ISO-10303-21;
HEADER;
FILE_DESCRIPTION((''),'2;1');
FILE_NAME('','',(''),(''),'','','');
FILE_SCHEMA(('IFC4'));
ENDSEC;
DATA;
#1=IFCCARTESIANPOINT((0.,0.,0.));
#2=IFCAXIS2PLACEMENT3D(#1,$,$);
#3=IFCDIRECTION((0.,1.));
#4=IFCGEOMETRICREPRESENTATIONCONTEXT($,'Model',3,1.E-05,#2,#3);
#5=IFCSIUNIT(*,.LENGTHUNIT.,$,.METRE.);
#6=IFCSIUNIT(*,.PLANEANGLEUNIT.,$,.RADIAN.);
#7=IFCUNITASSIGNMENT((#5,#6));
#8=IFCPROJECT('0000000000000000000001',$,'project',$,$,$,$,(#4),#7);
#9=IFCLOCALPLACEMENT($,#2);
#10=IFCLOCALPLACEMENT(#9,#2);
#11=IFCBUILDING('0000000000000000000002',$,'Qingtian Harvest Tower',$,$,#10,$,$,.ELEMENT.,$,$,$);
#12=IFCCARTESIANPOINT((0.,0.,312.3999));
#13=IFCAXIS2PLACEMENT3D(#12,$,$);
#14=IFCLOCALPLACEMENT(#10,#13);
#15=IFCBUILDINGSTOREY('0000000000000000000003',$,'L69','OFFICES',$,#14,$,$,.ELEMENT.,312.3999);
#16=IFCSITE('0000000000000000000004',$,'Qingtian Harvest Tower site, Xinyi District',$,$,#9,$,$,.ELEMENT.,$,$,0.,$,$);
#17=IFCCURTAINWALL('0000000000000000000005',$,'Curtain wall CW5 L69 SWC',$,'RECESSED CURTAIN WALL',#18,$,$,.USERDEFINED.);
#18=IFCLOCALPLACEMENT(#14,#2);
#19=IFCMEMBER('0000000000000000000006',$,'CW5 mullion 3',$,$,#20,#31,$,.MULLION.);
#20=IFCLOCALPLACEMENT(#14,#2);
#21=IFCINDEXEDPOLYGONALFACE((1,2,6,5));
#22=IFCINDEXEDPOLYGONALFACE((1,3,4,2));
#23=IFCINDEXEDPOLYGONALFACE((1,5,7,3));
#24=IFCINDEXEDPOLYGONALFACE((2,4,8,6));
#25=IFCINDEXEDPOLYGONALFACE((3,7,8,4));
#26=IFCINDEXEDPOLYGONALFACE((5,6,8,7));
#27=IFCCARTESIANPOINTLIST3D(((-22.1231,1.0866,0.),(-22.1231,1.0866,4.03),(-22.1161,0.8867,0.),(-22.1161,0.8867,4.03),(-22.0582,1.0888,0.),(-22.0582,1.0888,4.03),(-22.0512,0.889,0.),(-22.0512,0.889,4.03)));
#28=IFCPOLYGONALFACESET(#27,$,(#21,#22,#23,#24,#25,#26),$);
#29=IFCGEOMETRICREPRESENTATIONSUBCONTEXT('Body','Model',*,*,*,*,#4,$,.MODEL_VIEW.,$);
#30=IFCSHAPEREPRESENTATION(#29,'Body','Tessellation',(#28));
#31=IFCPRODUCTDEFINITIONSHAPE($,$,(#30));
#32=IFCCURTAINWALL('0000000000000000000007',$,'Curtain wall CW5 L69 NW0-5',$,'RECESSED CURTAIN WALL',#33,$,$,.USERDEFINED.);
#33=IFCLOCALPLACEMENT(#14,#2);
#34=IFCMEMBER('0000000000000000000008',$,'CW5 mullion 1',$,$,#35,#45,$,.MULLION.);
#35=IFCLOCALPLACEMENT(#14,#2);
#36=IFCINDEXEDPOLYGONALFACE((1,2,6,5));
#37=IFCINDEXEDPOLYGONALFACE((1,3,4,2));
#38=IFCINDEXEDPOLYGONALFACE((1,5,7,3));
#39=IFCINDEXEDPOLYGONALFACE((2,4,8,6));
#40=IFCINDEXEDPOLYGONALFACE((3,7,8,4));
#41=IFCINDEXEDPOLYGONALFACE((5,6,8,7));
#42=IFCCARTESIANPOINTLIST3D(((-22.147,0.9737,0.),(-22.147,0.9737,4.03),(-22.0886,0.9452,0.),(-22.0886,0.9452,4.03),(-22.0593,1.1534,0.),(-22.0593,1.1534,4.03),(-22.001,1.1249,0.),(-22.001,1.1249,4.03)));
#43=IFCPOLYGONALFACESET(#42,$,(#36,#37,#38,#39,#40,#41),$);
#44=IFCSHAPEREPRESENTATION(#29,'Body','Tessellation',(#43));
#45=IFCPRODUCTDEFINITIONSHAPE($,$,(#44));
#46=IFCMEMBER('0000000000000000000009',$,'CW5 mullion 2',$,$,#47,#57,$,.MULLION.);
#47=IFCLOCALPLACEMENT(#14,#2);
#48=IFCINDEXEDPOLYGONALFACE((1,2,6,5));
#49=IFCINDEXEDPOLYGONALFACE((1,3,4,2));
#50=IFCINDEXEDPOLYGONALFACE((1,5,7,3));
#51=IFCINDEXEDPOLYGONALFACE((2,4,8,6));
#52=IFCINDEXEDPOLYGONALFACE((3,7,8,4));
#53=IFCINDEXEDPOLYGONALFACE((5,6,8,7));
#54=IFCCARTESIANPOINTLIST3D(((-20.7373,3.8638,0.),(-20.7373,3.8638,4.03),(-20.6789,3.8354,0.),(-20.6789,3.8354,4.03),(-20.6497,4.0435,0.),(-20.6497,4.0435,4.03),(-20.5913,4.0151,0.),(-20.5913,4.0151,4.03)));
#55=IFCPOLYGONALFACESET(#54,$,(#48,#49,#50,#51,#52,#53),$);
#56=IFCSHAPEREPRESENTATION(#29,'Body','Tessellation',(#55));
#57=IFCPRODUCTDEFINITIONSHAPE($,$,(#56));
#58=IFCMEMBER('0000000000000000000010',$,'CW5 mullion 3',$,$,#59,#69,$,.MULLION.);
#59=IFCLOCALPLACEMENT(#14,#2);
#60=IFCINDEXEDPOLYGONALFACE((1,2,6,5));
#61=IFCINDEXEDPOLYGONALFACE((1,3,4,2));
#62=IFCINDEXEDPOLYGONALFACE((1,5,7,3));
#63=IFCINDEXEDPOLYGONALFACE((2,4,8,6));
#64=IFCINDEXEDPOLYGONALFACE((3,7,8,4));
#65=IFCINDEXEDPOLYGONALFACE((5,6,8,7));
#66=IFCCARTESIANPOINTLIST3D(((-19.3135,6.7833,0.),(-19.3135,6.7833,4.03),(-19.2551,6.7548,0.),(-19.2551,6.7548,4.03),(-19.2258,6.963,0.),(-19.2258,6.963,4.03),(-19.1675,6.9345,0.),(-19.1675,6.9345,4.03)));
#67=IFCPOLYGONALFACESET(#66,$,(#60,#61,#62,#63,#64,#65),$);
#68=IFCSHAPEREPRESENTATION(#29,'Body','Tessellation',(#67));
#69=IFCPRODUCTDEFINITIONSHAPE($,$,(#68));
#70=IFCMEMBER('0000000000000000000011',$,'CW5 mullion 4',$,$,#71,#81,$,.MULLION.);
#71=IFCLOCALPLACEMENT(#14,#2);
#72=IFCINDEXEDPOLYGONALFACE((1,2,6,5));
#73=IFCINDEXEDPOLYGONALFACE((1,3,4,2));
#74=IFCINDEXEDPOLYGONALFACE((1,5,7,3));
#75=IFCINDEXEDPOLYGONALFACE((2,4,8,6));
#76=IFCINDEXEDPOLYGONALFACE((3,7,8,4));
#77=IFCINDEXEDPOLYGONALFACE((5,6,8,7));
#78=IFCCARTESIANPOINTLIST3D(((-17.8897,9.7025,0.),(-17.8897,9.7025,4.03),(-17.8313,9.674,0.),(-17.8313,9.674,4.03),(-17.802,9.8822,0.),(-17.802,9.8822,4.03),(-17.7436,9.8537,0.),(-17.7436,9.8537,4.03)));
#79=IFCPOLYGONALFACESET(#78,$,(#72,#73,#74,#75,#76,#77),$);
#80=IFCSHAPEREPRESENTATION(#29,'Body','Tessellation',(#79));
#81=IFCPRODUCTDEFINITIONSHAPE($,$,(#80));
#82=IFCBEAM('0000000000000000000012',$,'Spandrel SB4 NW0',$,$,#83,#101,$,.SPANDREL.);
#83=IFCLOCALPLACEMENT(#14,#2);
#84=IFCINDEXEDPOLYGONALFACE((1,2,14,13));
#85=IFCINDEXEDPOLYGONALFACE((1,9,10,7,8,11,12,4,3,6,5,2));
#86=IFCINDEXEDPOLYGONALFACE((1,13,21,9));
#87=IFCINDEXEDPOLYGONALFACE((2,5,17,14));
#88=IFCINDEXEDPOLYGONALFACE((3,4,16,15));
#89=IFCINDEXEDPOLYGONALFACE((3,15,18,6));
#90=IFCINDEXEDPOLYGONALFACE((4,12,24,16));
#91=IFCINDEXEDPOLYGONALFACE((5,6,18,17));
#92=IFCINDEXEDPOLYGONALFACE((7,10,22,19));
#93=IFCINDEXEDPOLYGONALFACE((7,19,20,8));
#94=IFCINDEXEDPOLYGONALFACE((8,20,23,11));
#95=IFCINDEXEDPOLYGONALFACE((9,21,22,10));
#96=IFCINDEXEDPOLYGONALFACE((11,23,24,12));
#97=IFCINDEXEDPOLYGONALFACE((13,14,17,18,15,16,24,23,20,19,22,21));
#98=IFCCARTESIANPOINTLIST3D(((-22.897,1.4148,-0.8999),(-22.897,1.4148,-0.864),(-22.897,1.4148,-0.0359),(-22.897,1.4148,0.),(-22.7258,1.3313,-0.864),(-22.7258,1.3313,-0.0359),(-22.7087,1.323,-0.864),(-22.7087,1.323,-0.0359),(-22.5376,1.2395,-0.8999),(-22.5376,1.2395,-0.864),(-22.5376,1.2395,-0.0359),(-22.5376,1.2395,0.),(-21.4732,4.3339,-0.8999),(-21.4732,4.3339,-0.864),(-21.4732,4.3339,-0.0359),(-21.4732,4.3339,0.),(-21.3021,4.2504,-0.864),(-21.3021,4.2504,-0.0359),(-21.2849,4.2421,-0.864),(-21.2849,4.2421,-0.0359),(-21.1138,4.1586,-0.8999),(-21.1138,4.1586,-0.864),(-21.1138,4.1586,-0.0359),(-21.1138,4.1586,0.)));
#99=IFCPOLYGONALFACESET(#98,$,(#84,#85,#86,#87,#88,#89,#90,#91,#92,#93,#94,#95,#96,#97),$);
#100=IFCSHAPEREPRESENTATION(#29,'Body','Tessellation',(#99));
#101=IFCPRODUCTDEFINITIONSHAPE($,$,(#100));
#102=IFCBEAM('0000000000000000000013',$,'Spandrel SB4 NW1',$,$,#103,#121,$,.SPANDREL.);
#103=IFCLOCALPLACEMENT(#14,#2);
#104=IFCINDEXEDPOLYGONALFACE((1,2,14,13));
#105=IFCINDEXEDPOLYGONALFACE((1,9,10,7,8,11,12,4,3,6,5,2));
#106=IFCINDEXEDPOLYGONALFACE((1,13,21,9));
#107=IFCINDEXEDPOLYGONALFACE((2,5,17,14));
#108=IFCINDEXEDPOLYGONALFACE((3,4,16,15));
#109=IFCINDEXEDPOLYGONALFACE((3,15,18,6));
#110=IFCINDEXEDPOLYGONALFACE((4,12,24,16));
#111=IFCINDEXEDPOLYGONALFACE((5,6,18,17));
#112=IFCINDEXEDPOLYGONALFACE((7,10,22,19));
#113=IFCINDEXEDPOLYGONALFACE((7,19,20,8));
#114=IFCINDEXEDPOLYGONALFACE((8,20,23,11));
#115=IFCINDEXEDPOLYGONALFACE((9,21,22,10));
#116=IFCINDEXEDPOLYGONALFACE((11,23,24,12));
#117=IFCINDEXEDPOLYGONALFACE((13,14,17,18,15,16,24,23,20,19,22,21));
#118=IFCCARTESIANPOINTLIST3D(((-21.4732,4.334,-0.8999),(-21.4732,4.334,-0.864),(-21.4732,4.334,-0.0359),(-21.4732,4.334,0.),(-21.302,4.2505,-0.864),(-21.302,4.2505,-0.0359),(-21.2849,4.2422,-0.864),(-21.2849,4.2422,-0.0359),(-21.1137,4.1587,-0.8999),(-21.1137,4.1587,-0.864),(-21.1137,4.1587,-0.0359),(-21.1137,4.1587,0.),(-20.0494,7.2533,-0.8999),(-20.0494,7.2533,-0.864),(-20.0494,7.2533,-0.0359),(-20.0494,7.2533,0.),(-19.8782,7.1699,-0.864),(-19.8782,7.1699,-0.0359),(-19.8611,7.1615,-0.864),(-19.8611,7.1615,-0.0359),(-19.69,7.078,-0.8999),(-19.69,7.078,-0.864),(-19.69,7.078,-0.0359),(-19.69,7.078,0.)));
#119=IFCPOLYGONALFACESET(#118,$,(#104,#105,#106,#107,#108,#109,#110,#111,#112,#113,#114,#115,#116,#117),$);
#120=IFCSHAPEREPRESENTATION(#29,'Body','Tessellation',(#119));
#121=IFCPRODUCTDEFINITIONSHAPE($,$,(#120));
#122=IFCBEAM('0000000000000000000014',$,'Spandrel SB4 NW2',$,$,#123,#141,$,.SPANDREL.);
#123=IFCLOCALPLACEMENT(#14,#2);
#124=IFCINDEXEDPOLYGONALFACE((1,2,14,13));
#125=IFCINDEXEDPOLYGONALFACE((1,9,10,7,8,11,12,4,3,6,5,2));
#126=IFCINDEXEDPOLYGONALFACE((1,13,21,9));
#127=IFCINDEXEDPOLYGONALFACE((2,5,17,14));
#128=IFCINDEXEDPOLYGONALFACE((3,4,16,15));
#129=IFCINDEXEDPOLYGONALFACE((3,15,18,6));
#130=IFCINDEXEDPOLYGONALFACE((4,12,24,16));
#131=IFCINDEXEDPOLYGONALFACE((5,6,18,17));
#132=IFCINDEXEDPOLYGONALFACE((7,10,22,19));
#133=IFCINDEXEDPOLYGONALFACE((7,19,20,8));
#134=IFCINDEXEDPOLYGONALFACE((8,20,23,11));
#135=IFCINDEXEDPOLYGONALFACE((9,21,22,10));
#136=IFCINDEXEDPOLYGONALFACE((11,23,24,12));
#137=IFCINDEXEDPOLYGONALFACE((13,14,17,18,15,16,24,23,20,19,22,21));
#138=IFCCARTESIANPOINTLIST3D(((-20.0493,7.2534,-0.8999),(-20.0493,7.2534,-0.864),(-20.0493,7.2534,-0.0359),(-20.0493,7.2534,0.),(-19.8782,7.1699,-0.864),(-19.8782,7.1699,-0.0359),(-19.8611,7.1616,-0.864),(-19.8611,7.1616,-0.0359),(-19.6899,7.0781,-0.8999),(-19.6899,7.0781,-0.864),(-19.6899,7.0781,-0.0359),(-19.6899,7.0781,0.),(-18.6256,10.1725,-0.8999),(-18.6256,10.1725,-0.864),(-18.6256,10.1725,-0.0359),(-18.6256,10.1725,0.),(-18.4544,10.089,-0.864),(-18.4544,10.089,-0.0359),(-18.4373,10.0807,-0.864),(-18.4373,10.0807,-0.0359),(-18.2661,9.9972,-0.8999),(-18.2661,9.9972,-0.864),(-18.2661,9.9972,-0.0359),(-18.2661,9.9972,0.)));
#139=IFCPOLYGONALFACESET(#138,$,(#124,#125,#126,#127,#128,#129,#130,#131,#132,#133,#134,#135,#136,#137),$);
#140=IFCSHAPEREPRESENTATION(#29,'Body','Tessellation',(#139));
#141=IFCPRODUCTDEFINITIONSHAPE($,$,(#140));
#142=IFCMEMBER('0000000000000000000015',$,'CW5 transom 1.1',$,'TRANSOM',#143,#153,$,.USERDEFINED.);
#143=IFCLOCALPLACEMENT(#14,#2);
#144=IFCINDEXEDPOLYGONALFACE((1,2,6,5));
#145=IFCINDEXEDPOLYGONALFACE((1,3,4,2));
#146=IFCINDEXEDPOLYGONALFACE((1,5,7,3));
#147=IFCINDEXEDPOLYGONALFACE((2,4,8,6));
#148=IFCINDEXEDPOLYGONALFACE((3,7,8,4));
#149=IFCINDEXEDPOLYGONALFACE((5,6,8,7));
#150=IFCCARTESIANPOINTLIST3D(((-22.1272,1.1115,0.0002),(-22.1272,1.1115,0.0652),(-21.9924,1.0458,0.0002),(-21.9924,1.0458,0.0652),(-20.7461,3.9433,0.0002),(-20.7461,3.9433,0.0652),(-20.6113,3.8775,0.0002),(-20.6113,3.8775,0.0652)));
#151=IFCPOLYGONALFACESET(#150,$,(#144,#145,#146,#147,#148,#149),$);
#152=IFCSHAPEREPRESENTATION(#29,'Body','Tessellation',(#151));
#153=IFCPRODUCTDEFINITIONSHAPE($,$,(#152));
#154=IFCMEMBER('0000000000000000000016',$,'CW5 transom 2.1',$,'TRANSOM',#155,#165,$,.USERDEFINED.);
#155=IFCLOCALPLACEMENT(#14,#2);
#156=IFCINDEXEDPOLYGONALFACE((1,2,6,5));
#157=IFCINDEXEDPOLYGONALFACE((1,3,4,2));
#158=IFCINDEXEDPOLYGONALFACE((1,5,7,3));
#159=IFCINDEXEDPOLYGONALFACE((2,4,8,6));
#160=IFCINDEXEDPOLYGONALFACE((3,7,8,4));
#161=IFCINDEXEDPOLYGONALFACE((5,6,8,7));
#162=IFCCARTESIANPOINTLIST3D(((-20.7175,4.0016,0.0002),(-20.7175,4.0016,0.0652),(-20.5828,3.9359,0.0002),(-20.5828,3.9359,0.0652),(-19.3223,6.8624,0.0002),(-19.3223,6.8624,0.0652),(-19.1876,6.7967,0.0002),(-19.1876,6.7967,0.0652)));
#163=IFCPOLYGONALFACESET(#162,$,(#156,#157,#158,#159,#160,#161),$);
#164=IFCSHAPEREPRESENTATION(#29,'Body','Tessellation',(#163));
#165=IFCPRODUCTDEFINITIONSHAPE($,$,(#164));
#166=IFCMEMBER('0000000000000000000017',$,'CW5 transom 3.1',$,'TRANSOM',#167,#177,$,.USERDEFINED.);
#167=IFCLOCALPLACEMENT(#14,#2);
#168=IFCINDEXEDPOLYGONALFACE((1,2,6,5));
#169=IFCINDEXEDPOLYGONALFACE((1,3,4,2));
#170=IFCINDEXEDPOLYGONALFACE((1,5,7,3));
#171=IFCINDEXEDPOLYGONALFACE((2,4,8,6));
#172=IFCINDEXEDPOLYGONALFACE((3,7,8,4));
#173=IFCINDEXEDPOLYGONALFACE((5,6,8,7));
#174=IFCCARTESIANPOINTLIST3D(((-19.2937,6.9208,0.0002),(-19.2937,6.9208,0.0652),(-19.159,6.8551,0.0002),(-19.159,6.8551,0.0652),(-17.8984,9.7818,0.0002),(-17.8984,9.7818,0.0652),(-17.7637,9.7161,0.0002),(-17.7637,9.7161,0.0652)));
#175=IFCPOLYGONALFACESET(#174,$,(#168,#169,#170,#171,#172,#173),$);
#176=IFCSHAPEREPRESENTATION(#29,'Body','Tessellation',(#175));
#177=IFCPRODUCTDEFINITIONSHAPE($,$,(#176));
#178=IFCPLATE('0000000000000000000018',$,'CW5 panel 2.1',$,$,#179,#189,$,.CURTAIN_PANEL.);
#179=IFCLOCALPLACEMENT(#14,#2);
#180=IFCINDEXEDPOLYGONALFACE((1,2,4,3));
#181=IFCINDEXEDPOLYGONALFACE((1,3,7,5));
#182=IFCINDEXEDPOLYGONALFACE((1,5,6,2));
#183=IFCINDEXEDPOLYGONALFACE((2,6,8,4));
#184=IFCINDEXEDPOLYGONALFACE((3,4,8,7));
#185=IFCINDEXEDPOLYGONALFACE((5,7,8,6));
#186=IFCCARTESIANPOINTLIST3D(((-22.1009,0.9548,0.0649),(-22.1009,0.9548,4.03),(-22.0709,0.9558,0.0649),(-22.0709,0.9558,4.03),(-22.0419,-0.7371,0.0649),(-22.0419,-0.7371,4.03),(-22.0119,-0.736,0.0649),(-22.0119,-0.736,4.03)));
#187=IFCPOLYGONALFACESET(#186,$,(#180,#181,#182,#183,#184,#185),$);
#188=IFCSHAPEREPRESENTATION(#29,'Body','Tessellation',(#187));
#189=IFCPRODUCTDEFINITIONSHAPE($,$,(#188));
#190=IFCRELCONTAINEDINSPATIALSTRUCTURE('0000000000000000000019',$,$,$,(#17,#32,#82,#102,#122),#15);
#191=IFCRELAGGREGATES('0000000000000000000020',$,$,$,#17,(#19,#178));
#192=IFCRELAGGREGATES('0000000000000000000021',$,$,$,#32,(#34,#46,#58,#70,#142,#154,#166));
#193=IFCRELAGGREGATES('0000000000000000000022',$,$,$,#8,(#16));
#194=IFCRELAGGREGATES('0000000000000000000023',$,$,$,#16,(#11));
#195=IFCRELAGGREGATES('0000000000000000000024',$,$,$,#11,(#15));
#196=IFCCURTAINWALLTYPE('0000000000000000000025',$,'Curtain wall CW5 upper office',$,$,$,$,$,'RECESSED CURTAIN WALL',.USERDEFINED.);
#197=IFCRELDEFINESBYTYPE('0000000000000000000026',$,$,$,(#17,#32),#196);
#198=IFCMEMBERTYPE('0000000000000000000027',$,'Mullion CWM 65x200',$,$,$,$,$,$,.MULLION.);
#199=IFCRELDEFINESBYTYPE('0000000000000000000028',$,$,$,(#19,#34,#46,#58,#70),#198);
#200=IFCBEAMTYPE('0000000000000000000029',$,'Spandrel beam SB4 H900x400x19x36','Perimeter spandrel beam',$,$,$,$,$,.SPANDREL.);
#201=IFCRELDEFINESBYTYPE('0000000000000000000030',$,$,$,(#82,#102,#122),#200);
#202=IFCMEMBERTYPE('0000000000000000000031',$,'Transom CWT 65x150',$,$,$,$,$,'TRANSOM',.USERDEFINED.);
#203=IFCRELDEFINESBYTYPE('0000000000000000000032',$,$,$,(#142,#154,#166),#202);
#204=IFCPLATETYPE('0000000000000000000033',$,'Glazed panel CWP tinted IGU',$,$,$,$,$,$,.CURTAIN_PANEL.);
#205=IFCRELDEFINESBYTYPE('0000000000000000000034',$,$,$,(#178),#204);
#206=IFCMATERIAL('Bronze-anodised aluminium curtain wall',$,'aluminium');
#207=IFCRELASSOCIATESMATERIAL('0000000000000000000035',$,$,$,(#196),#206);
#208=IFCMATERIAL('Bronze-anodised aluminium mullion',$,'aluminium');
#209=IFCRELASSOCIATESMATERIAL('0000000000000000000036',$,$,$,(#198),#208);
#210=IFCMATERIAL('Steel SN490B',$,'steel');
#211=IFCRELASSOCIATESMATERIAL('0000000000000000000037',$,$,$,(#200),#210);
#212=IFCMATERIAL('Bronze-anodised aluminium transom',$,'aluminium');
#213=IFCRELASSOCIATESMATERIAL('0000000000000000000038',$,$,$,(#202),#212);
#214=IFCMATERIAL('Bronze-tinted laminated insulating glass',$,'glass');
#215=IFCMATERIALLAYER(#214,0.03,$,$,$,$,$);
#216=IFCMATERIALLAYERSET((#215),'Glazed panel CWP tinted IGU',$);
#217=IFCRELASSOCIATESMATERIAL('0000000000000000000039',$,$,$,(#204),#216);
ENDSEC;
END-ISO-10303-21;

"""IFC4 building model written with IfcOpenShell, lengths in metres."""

from ifc_helpers import new_model, si_unit, direction, frame, origin, origin_2d, place, context, subcontext, project, spatial, rectangle, i_section, extrude, material, layer, layer_set, material_profile, profile_set, type_object, element, aggregate, save


model = new_model("IFC4")

# Units and contexts
model_context = context("Model", 3, precision=1e-05, world=origin(), true_north=direction((0.0, 1.0)))
body_context = subcontext(model_context, "Body", "Model", "MODEL_VIEW")
ifc_project = project(units=[si_unit("LENGTHUNIT", "METRE"), si_unit("PLANEANGLEUNIT", "RADIAN")], contexts=[model_context])

# Site, building, storey
site_placement = place(None, origin())
site = spatial("IfcSite", under=ifc_project, at=site_placement, Name="Qingtian Harvest Tower site, Xinyi District", CompositionType="ELEMENT", RefElevation=0.0)
building_placement = place(site_placement, origin())
building = spatial("IfcBuilding", under=site, at=building_placement, Name="Qingtian Harvest Tower", CompositionType="ELEMENT")
storey_placement = place(building_placement, frame((0.0, 0.0, 312.3999)))
storey = spatial("IfcBuildingStorey", under=building, at=storey_placement, Name="L69", Description="OFFICES", CompositionType="ELEMENT", Elevation=312.3999)

# Curtain wall, member
ifc_material_1 = material(Name="Bronze-anodised aluminium curtain wall", Category="aluminium")
curtain_wall_type = type_object("IfcCurtainWallType", Name="Curtain wall CW5 upper office", ElementType="RECESSED CURTAIN WALL", PredefinedType="USERDEFINED", material=ifc_material_1)
curtain_wall_1_placement = place(storey_placement, origin())
curtain_wall_1 = element("IfcCurtainWall", 1, at=curtain_wall_1_placement, inside=storey, type_object=curtain_wall_type, Name="Curtain wall CW5 L69 SWC", ObjectType="RECESSED CURTAIN WALL", PredefinedType="USERDEFINED")
ifc_material_2 = material(Name="Bronze-anodised aluminium mullion", Category="aluminium")
ifc_material_profile_1 = material_profile(ifc_material_2, rectangle(XDim=0.0649, YDim=0.2, at=origin_2d()), Name="AL 65x200")
ifc_profile_set_1 = profile_set([ifc_material_profile_1], Name="Bronze-anodised aluminium mullion")
member_type_1 = type_object("IfcMemberType", Name="Mullion CWM 65x200", PredefinedType="MULLION", material=ifc_profile_set_1)
member_1_placement = place(storey_placement, frame((-22.0872, 0.9878, 0.0), z_axis=(0.0, 0.0, 1.0), x_axis=(-0.999391, -0.034899, 0.0)))
member_1 = element("IfcMember", 2, at=member_1_placement, type_object=member_type_1, Name="CW5 mullion 3", PredefinedType="MULLION", context=body_context, shape_type="SweptSolid", body=[
    extrude(rectangle(XDim=0.0649, YDim=0.2, at=origin_2d()), origin(), (0.0, 0.0, 1.0), 4.03),
])

# Curtain wall, members
curtain_wall_2_placement = place(storey_placement, origin())
curtain_wall_2 = element("IfcCurtainWall", 3, at=curtain_wall_2_placement, inside=storey, type_object=curtain_wall_type, Name="Curtain wall CW5 L69 NW0-5", ObjectType="RECESSED CURTAIN WALL", PredefinedType="USERDEFINED")
member_2_placement = place(storey_placement, frame((-22.074, 1.0493, 0.0), z_axis=(0.0, 0.0, 1.0), x_axis=(-0.898794, 0.438371, 0.0)))
member_2 = element("IfcMember", 4, at=member_2_placement, type_object=member_type_1, Name="CW5 mullion 1", PredefinedType="MULLION", context=body_context, shape_type="SweptSolid", body=[
    extrude(rectangle(XDim=0.0649, YDim=0.2, at=origin_2d()), origin(), (0.0, 0.0, 1.0), 4.03),
])
member_3_placement = place(storey_placement, frame((-20.6643, 3.9395, 0.0), z_axis=(0.0, 0.0, 1.0), x_axis=(-0.898794, 0.438371, 0.0)))
member_3 = element("IfcMember", 5, at=member_3_placement, type_object=member_type_1, Name="CW5 mullion 2", PredefinedType="MULLION", context=body_context, shape_type="SweptSolid", body=[
    extrude(rectangle(XDim=0.0649, YDim=0.2, at=origin_2d()), origin(), (0.0, 0.0, 1.0), 4.03),
])
member_4_placement = place(storey_placement, frame((-19.2405, 6.8589, 0.0), z_axis=(0.0, 0.0, 1.0), x_axis=(-0.898794, 0.438371, 0.0)))
member_4 = element("IfcMember", 6, at=member_4_placement, type_object=member_type_1, Name="CW5 mullion 3", PredefinedType="MULLION", context=body_context, shape_type="SweptSolid", body=[
    extrude(rectangle(XDim=0.0649, YDim=0.2, at=origin_2d()), origin(), (0.0, 0.0, 1.0), 4.03),
])
member_5_placement = place(storey_placement, frame((-17.8167, 9.7781, 0.0), z_axis=(0.0, 0.0, 1.0), x_axis=(-0.898794, 0.438371, 0.0)))
member_5 = element("IfcMember", 7, at=member_5_placement, type_object=member_type_1, Name="CW5 mullion 4", PredefinedType="MULLION", context=body_context, shape_type="SweptSolid", body=[
    extrude(rectangle(XDim=0.0649, YDim=0.2, at=origin_2d()), origin(), (0.0, 0.0, 1.0), 4.03),
])

# Beams
ifc_material_3 = material(Name="Steel SN490B", Category="steel")
ifc_material_profile_2 = material_profile(ifc_material_3, i_section(OverallWidth=0.3999, OverallDepth=0.8999, WebThickness=0.019, FlangeThickness=0.0359, at=origin_2d()), Name="H900x400x19x36")
ifc_profile_set_2 = profile_set([ifc_material_profile_2], Name="Steel SN490B")
beam_type_1 = type_object("IfcBeamType", Name="Spandrel beam SB4 H900x400x19x36", Description="Perimeter spandrel beam", PredefinedType="SPANDREL", material=ifc_profile_set_2)
beam_1_placement = place(storey_placement, frame((-22.7173, 1.3271, -0.45), z_axis=(0.438382, 0.898789, 0.0), x_axis=(-0.898789, 0.438382, 0.0)))
element("IfcBeam", 8, at=beam_1_placement, inside=storey, type_object=beam_type_1, Name="Spandrel SB4 NW0", PredefinedType="SPANDREL", context=body_context, shape_type="SweptSolid", body=[
    extrude(i_section(OverallWidth=0.3999, OverallDepth=0.8999, WebThickness=0.019, FlangeThickness=0.0359, at=origin_2d()), origin(), (0.0, 0.0, 1.0), 3.2478),
])
beam_2_placement = place(storey_placement, frame((-21.2935, 4.2463, -0.45), z_axis=(0.438353, 0.898803, 0.0), x_axis=(-0.898803, 0.438353, 0.0)))
element("IfcBeam", 9, at=beam_2_placement, inside=storey, type_object=beam_type_1, Name="Spandrel SB4 NW1", PredefinedType="SPANDREL", context=body_context, shape_type="SweptSolid", body=[
    extrude(i_section(OverallWidth=0.3999, OverallDepth=0.8999, WebThickness=0.019, FlangeThickness=0.0359, at=origin_2d()), origin(), (0.0, 0.0, 1.0), 3.248),
])
beam_3_placement = place(storey_placement, frame((-19.8696, 7.1658, -0.45), z_axis=(0.438382, 0.898789, 0.0), x_axis=(-0.898789, 0.438382, 0.0)))
element("IfcBeam", 10, at=beam_3_placement, inside=storey, type_object=beam_type_1, Name="Spandrel SB4 NW2", PredefinedType="SPANDREL", context=body_context, shape_type="SweptSolid", body=[
    extrude(i_section(OverallWidth=0.3999, OverallDepth=0.8999, WebThickness=0.019, FlangeThickness=0.0359, at=origin_2d()), origin(), (0.0, 0.0, 1.0), 3.2478),
])

# Members
ifc_material_4 = material(Name="Bronze-anodised aluminium transom", Category="aluminium")
ifc_material_profile_3 = material_profile(ifc_material_4, rectangle(XDim=0.1499, YDim=0.0649, at=origin_2d()), Name="AL 65x150")
ifc_profile_set_3 = profile_set([ifc_material_profile_3], Name="Bronze-anodised aluminium transom")
member_type_2 = type_object("IfcMemberType", Name="Transom CWT 65x150", ElementType="TRANSOM", PredefinedType="USERDEFINED", material=ifc_profile_set_3)
member_6_placement = place(storey_placement, frame((-22.0598, 1.0786, 0.0327), z_axis=(0.438358, 0.8988, 0.0), x_axis=(-0.8988, 0.438358, 0.0)))
member_6 = element("IfcMember", 11, at=member_6_placement, type_object=member_type_2, Name="CW5 transom 1.1", ObjectType="TRANSOM", PredefinedType="USERDEFINED", context=body_context, shape_type="SweptSolid", body=[
    extrude(rectangle(XDim=0.1499, YDim=0.0649, at=origin_2d()), origin(), (0.0, 0.0, 1.0), 3.1506),
])
member_7_placement = place(storey_placement, frame((-20.6501, 3.9688, 0.0327), z_axis=(0.438356, 0.898802, 0.0), x_axis=(-0.898802, 0.438356, 0.0)))
member_7 = element("IfcMember", 12, at=member_7_placement, type_object=member_type_2, Name="CW5 transom 2.1", ObjectType="TRANSOM", PredefinedType="USERDEFINED", context=body_context, shape_type="SweptSolid", body=[
    extrude(rectangle(XDim=0.1499, YDim=0.0649, at=origin_2d()), origin(), (0.0, 0.0, 1.0), 3.1829),
])
member_8_placement = place(storey_placement, frame((-19.2263, 6.8879, 0.0327), z_axis=(0.438325, 0.898816, 0.0), x_axis=(-0.898816, 0.438325, 0.0)))
member_8 = element("IfcMember", 13, at=member_8_placement, type_object=member_type_2, Name="CW5 transom 3.1", ObjectType="TRANSOM", PredefinedType="USERDEFINED", context=body_context, shape_type="SweptSolid", body=[
    extrude(rectangle(XDim=0.1499, YDim=0.0649, at=origin_2d()), origin(), (0.0, 0.0, 1.0), 3.1831),
])

# Plate
ifc_material_5 = material(Name="Bronze-tinted laminated insulating glass", Category="glass")
ifc_layer_1 = layer(ifc_material_5, 0.03)
ifc_layer_set_1 = layer_set([ifc_layer_1], Name="Glazed panel CWP tinted IGU")
plate_type = type_object("IfcPlateType", Name="Glazed panel CWP tinted IGU", PredefinedType="CURTAIN_PANEL", material=ifc_layer_set_1)
plate_1_placement = place(storey_placement, frame((-22.0564, 0.1094, 0.0649), z_axis=(0.0, 0.0, 1.0), x_axis=(-0.034899, 0.999391, 0.0)))
plate_1 = element("IfcPlate", 14, at=plate_1_placement, type_object=plate_type, Name="CW5 panel 2.1", PredefinedType="CURTAIN_PANEL", context=body_context, shape_type="SweptSolid", body=[
    extrude(rectangle(XDim=1.6929, YDim=0.03, at=origin_2d()), origin(), (0.0, 0.0, 1.0), 3.9651),
])
aggregate(curtain_wall_1, [member_1, plate_1])
aggregate(curtain_wall_2, [member_2, member_3, member_4, member_5, member_6, member_7, member_8])

save(model, "model.ifc")
